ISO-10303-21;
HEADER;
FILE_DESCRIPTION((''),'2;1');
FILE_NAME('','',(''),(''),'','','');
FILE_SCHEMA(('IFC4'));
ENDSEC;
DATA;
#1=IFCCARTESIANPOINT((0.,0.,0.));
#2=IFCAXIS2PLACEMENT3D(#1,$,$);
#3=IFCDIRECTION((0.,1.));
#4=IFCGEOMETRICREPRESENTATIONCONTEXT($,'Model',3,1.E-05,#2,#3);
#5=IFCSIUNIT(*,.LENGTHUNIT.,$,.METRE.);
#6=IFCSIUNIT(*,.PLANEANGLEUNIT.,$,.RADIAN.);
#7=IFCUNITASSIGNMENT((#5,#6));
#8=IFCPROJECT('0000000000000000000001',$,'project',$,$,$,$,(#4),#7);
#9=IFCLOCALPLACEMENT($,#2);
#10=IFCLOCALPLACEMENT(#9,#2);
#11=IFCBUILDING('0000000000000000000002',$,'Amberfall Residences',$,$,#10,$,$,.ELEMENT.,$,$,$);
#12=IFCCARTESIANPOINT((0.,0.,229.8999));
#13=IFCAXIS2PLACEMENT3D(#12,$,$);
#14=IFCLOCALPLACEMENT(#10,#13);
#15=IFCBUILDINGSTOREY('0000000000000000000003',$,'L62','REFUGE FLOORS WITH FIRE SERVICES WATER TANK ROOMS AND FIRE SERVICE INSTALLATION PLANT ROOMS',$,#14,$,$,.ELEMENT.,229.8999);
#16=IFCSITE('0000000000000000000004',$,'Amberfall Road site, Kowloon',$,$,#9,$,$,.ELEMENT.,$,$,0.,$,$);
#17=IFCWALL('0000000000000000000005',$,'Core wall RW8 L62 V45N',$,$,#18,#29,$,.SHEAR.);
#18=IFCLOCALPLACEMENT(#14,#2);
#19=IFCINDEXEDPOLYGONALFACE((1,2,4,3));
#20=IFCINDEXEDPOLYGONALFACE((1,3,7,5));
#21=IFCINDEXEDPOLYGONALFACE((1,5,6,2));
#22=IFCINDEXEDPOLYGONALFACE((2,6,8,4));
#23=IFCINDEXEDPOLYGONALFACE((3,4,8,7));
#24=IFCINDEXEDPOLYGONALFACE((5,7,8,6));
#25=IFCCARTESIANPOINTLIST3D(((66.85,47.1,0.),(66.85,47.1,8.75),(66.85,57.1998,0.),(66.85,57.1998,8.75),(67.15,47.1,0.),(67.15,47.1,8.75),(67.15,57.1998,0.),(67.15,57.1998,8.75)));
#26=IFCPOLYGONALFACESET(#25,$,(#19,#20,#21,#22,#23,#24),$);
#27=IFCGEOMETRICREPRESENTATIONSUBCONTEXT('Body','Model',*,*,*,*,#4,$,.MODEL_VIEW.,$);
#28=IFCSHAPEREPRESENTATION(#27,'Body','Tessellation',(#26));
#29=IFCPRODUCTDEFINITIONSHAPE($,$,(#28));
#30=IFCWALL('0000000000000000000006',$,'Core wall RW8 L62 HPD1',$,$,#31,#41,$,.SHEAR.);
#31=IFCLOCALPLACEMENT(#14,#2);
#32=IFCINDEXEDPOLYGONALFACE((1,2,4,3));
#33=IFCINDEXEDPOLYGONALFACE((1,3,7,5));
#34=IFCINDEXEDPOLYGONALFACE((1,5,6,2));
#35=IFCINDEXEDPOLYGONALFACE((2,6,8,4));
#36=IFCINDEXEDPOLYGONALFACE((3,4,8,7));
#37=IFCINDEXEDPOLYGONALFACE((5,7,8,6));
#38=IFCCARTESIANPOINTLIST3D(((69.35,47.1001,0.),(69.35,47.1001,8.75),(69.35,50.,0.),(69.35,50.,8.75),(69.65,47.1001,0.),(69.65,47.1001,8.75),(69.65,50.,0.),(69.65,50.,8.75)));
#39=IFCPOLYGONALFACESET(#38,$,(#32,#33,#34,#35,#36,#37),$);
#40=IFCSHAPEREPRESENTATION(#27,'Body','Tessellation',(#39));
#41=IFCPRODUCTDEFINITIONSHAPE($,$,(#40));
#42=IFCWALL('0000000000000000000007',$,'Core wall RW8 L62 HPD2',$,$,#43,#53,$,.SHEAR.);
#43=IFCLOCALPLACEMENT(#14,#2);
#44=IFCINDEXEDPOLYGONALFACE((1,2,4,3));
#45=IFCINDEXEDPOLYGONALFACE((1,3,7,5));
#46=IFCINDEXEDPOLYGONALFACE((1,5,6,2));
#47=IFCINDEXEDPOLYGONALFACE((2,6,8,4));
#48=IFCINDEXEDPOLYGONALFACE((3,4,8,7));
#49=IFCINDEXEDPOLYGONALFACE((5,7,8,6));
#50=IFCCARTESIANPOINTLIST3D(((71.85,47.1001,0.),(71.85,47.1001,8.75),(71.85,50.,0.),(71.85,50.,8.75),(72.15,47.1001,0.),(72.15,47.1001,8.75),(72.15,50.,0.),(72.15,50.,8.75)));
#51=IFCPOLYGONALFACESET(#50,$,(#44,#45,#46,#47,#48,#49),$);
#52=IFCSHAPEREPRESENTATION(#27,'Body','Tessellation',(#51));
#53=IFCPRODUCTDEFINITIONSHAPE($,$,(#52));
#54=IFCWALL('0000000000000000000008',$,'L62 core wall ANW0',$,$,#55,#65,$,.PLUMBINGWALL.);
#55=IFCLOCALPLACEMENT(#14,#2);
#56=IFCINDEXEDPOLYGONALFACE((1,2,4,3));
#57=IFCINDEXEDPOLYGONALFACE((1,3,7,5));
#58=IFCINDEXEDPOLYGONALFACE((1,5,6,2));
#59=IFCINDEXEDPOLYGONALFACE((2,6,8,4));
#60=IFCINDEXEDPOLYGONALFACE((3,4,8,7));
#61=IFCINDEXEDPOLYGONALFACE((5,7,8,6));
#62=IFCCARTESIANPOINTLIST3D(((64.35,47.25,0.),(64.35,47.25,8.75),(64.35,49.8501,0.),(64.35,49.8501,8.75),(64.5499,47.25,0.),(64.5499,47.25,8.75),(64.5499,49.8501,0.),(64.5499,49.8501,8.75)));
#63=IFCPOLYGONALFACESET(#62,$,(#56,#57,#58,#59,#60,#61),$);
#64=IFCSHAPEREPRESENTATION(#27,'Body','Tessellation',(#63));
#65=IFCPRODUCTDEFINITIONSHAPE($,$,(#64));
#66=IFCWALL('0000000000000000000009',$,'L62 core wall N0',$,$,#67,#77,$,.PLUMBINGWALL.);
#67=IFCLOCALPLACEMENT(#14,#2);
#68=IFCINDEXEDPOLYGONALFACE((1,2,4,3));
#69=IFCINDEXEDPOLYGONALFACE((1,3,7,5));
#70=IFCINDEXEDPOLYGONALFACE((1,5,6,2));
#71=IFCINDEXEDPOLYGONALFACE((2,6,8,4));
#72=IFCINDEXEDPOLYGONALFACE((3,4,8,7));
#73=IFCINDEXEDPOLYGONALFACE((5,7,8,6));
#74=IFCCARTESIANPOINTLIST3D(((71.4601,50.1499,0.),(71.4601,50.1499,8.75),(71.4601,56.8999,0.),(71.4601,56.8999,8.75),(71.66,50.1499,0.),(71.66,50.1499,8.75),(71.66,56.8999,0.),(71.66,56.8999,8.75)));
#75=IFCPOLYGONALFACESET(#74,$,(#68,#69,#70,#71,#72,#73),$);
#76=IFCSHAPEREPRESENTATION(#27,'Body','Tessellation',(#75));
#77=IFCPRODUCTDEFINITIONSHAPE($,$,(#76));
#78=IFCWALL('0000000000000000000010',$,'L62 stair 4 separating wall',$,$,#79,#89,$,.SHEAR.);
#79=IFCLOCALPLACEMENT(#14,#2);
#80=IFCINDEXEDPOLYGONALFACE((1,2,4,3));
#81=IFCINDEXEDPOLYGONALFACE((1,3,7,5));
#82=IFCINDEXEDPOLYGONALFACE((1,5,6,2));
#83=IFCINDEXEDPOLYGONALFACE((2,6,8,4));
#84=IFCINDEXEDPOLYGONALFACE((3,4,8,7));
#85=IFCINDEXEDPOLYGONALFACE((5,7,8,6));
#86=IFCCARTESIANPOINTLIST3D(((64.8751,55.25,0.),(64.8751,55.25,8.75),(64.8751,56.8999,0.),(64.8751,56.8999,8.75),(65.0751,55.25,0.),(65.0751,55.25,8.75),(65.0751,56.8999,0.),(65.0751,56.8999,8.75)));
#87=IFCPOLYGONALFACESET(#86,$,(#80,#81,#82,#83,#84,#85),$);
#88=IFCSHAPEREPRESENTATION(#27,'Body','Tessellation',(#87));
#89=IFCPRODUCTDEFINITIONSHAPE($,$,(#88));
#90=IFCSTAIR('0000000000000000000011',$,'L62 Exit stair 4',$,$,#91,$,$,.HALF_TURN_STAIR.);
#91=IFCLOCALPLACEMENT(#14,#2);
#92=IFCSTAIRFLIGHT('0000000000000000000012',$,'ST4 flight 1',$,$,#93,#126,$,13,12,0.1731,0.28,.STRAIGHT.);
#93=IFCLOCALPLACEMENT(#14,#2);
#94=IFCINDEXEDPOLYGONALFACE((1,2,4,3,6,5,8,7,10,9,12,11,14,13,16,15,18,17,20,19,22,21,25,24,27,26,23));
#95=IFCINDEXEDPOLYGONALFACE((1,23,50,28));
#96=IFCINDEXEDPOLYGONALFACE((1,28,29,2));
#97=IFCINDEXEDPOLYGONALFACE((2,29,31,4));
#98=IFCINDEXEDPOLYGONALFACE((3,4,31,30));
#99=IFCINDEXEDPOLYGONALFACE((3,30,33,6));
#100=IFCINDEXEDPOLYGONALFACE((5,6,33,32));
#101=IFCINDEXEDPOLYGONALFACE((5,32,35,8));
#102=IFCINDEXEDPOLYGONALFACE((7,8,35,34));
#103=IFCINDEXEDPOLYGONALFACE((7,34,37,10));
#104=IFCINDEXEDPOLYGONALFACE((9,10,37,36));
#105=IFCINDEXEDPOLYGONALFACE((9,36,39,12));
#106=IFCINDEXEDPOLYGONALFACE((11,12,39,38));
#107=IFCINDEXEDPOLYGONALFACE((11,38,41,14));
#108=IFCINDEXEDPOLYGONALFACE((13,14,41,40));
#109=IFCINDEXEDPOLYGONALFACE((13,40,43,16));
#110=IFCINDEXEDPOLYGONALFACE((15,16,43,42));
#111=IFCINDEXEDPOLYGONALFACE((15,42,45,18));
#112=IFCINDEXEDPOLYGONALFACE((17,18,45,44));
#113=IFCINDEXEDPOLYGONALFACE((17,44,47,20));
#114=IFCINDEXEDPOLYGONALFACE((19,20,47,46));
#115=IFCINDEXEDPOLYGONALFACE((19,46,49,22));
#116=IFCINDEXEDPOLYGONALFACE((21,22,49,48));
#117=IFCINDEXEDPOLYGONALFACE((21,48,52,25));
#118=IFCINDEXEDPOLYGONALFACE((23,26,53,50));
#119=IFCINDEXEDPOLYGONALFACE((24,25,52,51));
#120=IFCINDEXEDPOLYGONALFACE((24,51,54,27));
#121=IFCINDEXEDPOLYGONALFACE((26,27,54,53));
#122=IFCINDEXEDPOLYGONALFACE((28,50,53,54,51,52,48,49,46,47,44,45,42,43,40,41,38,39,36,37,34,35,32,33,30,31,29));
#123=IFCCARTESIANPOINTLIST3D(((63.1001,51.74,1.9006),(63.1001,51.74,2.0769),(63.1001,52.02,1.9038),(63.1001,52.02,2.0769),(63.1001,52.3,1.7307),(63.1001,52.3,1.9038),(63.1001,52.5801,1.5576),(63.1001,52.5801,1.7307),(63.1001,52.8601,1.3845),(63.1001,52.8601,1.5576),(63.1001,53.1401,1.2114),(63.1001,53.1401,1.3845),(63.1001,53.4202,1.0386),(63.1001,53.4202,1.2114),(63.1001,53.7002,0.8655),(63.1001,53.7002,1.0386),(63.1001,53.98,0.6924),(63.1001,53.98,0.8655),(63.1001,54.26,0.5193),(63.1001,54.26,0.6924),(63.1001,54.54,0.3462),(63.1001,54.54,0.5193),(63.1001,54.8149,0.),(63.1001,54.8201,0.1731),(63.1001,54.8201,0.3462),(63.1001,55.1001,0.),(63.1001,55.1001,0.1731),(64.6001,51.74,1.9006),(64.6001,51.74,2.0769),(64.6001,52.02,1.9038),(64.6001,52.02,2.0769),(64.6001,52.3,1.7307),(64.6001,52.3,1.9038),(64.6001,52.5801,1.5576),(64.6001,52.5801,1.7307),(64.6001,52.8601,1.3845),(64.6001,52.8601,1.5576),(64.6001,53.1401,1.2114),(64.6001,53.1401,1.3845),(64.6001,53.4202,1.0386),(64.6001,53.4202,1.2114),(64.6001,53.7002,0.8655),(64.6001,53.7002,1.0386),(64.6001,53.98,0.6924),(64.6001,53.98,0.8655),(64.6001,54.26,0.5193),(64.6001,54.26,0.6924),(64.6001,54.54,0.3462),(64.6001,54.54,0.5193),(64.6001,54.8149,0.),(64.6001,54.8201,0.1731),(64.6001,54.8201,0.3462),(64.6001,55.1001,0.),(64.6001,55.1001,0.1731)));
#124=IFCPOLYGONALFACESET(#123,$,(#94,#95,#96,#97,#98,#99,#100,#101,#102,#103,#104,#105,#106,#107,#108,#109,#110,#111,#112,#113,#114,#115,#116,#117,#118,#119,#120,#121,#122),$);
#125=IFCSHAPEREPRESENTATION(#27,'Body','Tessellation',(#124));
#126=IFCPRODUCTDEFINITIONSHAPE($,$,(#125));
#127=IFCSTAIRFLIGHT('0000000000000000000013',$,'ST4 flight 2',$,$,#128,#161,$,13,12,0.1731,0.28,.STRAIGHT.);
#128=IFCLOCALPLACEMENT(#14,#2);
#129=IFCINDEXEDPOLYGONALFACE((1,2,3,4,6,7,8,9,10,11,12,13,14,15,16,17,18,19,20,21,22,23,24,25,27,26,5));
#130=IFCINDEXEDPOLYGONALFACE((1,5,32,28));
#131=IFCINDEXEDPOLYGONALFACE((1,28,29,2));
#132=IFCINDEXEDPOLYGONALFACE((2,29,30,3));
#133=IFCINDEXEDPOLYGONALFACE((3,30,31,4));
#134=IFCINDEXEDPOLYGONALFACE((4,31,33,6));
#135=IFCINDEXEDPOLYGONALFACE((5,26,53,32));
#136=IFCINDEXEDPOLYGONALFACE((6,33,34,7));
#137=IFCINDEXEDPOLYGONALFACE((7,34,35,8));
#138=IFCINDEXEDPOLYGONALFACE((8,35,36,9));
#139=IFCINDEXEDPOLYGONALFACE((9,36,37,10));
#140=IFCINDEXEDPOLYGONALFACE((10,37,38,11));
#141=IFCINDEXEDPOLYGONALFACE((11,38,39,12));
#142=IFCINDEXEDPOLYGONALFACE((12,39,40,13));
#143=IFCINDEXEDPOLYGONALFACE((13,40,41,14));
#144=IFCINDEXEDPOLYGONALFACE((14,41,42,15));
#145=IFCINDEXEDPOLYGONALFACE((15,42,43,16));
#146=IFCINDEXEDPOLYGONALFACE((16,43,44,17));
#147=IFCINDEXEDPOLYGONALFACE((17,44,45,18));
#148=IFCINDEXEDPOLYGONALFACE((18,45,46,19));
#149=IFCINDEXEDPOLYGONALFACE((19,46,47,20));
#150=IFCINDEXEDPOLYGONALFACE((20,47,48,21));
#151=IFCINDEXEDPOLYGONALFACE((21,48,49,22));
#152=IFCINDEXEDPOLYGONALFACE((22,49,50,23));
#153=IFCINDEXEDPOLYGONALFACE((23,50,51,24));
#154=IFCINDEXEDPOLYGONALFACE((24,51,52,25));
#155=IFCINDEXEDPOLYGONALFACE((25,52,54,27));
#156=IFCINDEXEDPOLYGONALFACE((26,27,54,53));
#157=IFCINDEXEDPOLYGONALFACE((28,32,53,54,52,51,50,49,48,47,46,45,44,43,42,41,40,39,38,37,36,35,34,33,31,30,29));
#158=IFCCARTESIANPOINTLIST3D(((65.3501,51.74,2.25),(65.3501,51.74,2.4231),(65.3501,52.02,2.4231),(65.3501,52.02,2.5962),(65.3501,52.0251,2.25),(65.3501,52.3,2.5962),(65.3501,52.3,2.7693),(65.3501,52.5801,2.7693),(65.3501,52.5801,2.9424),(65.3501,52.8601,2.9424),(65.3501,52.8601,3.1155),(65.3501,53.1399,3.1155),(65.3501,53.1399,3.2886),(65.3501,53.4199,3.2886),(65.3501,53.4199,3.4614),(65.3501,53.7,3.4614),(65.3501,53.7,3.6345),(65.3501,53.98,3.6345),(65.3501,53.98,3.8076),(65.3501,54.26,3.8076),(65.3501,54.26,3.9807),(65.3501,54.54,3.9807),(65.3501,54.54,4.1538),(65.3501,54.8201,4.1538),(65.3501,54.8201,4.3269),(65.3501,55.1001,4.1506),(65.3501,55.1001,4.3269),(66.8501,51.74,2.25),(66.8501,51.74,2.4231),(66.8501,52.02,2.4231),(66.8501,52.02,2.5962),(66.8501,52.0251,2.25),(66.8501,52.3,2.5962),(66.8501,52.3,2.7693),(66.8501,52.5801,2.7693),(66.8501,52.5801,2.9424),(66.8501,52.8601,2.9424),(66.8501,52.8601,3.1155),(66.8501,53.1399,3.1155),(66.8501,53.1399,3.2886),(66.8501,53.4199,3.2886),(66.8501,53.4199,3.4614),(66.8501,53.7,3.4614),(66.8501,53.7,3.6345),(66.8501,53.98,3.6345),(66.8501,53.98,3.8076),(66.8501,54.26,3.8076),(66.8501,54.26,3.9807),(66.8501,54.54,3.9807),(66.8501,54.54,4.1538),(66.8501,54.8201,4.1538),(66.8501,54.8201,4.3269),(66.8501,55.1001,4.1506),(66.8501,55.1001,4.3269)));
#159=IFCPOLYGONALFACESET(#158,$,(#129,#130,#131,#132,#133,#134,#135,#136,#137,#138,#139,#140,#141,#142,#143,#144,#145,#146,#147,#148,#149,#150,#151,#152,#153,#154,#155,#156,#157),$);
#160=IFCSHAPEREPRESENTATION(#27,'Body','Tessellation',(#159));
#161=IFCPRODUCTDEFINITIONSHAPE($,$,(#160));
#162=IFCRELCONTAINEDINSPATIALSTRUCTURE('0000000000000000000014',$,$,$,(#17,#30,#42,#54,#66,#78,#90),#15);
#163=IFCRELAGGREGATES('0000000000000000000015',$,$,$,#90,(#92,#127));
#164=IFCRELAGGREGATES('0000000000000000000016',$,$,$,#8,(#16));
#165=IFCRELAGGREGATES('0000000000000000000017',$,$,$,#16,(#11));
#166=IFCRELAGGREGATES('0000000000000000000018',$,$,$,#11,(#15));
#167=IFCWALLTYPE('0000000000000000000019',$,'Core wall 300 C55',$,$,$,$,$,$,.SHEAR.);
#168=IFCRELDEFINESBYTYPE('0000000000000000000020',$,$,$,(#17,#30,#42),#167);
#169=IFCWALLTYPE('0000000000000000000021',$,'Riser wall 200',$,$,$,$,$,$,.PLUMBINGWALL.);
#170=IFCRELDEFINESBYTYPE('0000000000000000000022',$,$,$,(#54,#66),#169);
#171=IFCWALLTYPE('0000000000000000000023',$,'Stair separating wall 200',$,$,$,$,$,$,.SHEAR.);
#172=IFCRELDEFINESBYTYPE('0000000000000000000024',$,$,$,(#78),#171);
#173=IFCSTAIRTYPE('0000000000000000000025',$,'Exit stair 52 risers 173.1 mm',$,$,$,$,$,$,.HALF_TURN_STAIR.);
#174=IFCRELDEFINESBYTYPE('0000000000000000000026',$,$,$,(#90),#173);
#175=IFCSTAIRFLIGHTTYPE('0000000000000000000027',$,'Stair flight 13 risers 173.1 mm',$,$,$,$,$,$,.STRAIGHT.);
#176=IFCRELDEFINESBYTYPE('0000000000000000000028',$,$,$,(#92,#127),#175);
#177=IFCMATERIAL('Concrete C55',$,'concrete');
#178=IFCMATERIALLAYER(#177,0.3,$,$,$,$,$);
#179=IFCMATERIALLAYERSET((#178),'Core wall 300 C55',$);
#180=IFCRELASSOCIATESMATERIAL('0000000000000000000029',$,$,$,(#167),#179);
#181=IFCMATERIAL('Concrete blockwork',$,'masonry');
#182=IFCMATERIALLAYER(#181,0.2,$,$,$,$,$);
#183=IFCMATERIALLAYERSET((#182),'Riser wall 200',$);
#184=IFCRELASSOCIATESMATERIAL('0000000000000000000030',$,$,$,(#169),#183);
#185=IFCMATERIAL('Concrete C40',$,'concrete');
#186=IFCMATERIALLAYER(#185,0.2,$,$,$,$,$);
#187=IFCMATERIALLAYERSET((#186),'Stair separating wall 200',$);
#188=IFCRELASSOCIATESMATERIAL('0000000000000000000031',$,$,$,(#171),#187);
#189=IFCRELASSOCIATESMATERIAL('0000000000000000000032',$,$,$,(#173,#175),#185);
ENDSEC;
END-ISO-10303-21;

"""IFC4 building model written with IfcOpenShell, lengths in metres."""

from ifc_helpers import new_model, si_unit, direction, frame, frame_2d, origin, place, context, subcontext, project, spatial, polyline, rectangle, outline, extrude, material, layer, layer_set, type_object, element, aggregate, save


model = new_model("IFC4")

# Units and contexts
model_context = context("Model", 3, precision=1e-05, world=origin(), true_north=direction((0.0, 1.0)))
body_context = subcontext(model_context, "Body", "Model", "MODEL_VIEW")
ifc_project = project(units=[si_unit("LENGTHUNIT", "METRE"), si_unit("PLANEANGLEUNIT", "RADIAN")], contexts=[model_context])

# Site, building, storey
site_placement = place(None, origin())
site = spatial("IfcSite", under=ifc_project, at=site_placement, Name="Amberfall Road site, Kowloon", CompositionType="ELEMENT", RefElevation=0.0)
building_placement = place(site_placement, origin())
building = spatial("IfcBuilding", under=site, at=building_placement, Name="Amberfall Residences", CompositionType="ELEMENT")
storey_placement = place(building_placement, frame((0.0, 0.0, 229.8999)))
storey = spatial("IfcBuildingStorey", under=building, at=storey_placement, Name="L62", Description="REFUGE FLOORS WITH FIRE SERVICES WATER TANK ROOMS AND FIRE SERVICE INSTALLATION PLANT ROOMS", CompositionType="ELEMENT", Elevation=229.8999)

# Walls
ifc_material_1 = material(Name="Concrete C55", Category="concrete")
ifc_layer_1 = layer(ifc_material_1, 0.3)
ifc_layer_set_1 = layer_set([ifc_layer_1], Name="Core wall 300 C55")
wall_type_1 = type_object("IfcWallType", Name="Core wall 300 C55", PredefinedType="SHEAR", material=ifc_layer_set_1)
wall_1_placement = place(storey_placement, frame((67.0, 47.1001, 0.0), z_axis=(0.0, 0.0, 1.0), x_axis=(0.0, 1.0, 0.0)))
element("IfcWall", 1, at=wall_1_placement, inside=storey, type_object=wall_type_1, Name="Core wall RW8 L62 V45N", PredefinedType="SHEAR", context=body_context, shape_type="SweptSolid", body=[
    extrude(rectangle(XDim=10.0999, YDim=0.3, at=frame_2d((5.0498, 0.0))), origin(), (0.0, 0.0, 1.0), 8.75),
])
for number, where, z_axis, x_axis, name in (
    (2, (69.5, 47.1001, 0.0), (0.0, 0.0, 1.0), (0.0, 1.0, 0.0), "Core wall RW8 L62 HPD1"),
    (3, (72.0, 47.1001, 0.0), (0.0, 0.0, 1.0), (0.0, 1.0, 0.0), "Core wall RW8 L62 HPD2"),
):
    element("IfcWall", number, at=place(storey_placement, frame(where, z_axis=z_axis, x_axis=x_axis)), inside=storey, type_object=wall_type_1, Name=name, PredefinedType="SHEAR", context=body_context, shape_type="SweptSolid", body=[
        extrude(rectangle(XDim=2.8999, YDim=0.3, at=frame_2d((1.45, 0.0))), origin(), (0.0, 0.0, 1.0), 8.75),
    ])
ifc_material_2 = material(Name="Concrete blockwork", Category="masonry")
ifc_layer_2 = layer(ifc_material_2, 0.2)
ifc_layer_set_2 = layer_set([ifc_layer_2], Name="Riser wall 200")
wall_type_2 = type_object("IfcWallType", Name="Riser wall 200", PredefinedType="PLUMBINGWALL", material=ifc_layer_set_2)
wall_2_placement = place(storey_placement, frame((64.45, 47.25, 0.0), z_axis=(0.0, 0.0, 1.0), x_axis=(0.0, 1.0, 0.0)))
element("IfcWall", 4, at=wall_2_placement, inside=storey, type_object=wall_type_2, Name="L62 core wall ANW0", PredefinedType="PLUMBINGWALL", context=body_context, shape_type="SweptSolid", body=[
    extrude(rectangle(XDim=2.6001, YDim=0.2, at=frame_2d((1.3, 0.0))), origin(), (0.0, 0.0, 1.0), 8.75),
])
wall_3_placement = place(storey_placement, frame((71.5601, 50.1499, 0.0), z_axis=(0.0, 0.0, 1.0), x_axis=(0.0, 1.0, 0.0)))
element("IfcWall", 5, at=wall_3_placement, inside=storey, type_object=wall_type_2, Name="L62 core wall N0", PredefinedType="PLUMBINGWALL", context=body_context, shape_type="SweptSolid", body=[
    extrude(rectangle(XDim=6.75, YDim=0.2, at=frame_2d((3.375, 0.0))), origin(), (0.0, 0.0, 1.0), 8.75),
])
ifc_material_3 = material(Name="Concrete C40", Category="concrete")
ifc_layer_3 = layer(ifc_material_3, 0.2)
ifc_layer_set_3 = layer_set([ifc_layer_3], Name="Stair separating wall 200")
wall_type_3 = type_object("IfcWallType", Name="Stair separating wall 200", PredefinedType="SHEAR", material=ifc_layer_set_3)
wall_4_placement = place(storey_placement, frame((64.9751, 56.8999, 0.0), z_axis=(0.0, 0.0, 1.0), x_axis=(0.0, -1.0, 0.0)))
element("IfcWall", 6, at=wall_4_placement, inside=storey, type_object=wall_type_3, Name="L62 stair 4 separating wall", PredefinedType="SHEAR", context=body_context, shape_type="SweptSolid", body=[
    extrude(rectangle(XDim=1.6499, YDim=0.2, at=frame_2d((0.825, 0.0))), origin(), (0.0, 0.0, 1.0), 8.75),
])

# Stair, stair flights
stair_type = type_object("IfcStairType", Name="Exit stair 52 risers 173.1 mm", PredefinedType="HALF_TURN_STAIR", material=ifc_material_3)
stair_placement = place(storey_placement, origin())
stair = element("IfcStair", 7, at=stair_placement, inside=storey, type_object=stair_type, Name="L62 Exit stair 4", PredefinedType="HALF_TURN_STAIR")
stair_flight_type = type_object("IfcStairFlightType", Name="Stair flight 13 risers 173.1 mm", PredefinedType="STRAIGHT", material=ifc_material_3)
stair_flight_1_placement = place(storey_placement, frame((63.8501, 55.1001, 0.0), z_axis=(0.0, 0.0, 1.0), x_axis=(0.0, -1.0, 0.0)))
stair_flight_1 = element("IfcStairFlight", 8, at=stair_flight_1_placement, type_object=stair_flight_type, Name="ST4 flight 1", NumberOfRisers=13, NumberOfTreads=12, PredefinedType="STRAIGHT", RiserHeight=0.1731, TreadLength=0.28, context=body_context, shape_type="SweptSolid", body=[
    extrude(outline(polyline([(0.0, 0.0), (0.0, 0.1731), (0.28, 0.1731), (0.28, 0.3462), (0.5601, 0.3462), (0.5601, 0.5193), (0.8401, 0.5193), (0.8401, 0.6924), (1.1201, 0.6924), (1.1201, 0.8655), (1.3999, 0.8655), (1.3999, 1.0386), (1.6799, 1.0386), (1.6799, 1.2114), (1.96, 1.2114), (1.96, 1.3845), (2.24, 1.3845), (2.24, 1.5576), (2.52, 1.5576), (2.52, 1.7307), (2.8, 1.7307), (2.8, 1.9038), (3.0801, 1.9038), (3.0801, 2.0769), (3.3601, 2.0769), (3.3601, 2.25), (3.3601, 1.9006), (0.2852, 0.0), (0.0, 0.0)])), frame((0.0, 0.75, 0.0), z_axis=(0.0, -1.0, 0.0), x_axis=(1.0, 0.0, 0.0)), (0.0, 0.0, 1.0), 1.5),
])
stair_flight_2_placement = place(storey_placement, frame((66.1001, 51.74, 2.25), z_axis=(0.0, 0.0, 1.0), x_axis=(0.0, 1.0, 0.0)))
stair_flight_2 = element("IfcStairFlight", 9, at=stair_flight_2_placement, type_object=stair_flight_type, Name="ST4 flight 2", NumberOfRisers=13, NumberOfTreads=12, PredefinedType="STRAIGHT", RiserHeight=0.1731, TreadLength=0.28, context=body_context, shape_type="SweptSolid", body=[
    extrude(outline(polyline([(0.0, 0.0), (0.0, 0.1731), (0.28, 0.1731), (0.28, 0.3462), (0.5601, 0.3462), (0.5601, 0.5193), (0.8401, 0.5193), (0.8401, 0.6924), (1.1201, 0.6924), (1.1201, 0.8655), (1.3999, 0.8655), (1.3999, 1.0386), (1.6799, 1.0386), (1.6799, 1.2114), (1.96, 1.2114), (1.96, 1.3845), (2.24, 1.3845), (2.24, 1.5576), (2.52, 1.5576), (2.52, 1.7307), (2.8, 1.7307), (2.8, 1.9038), (3.0801, 1.9038), (3.0801, 2.0769), (3.3601, 2.0769), (3.3601, 2.25), (3.3601, 1.9006), (0.2852, 0.0), (0.0, 0.0)])), frame((0.0, 0.75, 0.0), z_axis=(0.0, -1.0, 0.0), x_axis=(1.0, 0.0, 0.0)), (0.0, 0.0, 1.0), 1.5),
])
aggregate(stair, [stair_flight_1, stair_flight_2])

save(model, "model.ifc")
